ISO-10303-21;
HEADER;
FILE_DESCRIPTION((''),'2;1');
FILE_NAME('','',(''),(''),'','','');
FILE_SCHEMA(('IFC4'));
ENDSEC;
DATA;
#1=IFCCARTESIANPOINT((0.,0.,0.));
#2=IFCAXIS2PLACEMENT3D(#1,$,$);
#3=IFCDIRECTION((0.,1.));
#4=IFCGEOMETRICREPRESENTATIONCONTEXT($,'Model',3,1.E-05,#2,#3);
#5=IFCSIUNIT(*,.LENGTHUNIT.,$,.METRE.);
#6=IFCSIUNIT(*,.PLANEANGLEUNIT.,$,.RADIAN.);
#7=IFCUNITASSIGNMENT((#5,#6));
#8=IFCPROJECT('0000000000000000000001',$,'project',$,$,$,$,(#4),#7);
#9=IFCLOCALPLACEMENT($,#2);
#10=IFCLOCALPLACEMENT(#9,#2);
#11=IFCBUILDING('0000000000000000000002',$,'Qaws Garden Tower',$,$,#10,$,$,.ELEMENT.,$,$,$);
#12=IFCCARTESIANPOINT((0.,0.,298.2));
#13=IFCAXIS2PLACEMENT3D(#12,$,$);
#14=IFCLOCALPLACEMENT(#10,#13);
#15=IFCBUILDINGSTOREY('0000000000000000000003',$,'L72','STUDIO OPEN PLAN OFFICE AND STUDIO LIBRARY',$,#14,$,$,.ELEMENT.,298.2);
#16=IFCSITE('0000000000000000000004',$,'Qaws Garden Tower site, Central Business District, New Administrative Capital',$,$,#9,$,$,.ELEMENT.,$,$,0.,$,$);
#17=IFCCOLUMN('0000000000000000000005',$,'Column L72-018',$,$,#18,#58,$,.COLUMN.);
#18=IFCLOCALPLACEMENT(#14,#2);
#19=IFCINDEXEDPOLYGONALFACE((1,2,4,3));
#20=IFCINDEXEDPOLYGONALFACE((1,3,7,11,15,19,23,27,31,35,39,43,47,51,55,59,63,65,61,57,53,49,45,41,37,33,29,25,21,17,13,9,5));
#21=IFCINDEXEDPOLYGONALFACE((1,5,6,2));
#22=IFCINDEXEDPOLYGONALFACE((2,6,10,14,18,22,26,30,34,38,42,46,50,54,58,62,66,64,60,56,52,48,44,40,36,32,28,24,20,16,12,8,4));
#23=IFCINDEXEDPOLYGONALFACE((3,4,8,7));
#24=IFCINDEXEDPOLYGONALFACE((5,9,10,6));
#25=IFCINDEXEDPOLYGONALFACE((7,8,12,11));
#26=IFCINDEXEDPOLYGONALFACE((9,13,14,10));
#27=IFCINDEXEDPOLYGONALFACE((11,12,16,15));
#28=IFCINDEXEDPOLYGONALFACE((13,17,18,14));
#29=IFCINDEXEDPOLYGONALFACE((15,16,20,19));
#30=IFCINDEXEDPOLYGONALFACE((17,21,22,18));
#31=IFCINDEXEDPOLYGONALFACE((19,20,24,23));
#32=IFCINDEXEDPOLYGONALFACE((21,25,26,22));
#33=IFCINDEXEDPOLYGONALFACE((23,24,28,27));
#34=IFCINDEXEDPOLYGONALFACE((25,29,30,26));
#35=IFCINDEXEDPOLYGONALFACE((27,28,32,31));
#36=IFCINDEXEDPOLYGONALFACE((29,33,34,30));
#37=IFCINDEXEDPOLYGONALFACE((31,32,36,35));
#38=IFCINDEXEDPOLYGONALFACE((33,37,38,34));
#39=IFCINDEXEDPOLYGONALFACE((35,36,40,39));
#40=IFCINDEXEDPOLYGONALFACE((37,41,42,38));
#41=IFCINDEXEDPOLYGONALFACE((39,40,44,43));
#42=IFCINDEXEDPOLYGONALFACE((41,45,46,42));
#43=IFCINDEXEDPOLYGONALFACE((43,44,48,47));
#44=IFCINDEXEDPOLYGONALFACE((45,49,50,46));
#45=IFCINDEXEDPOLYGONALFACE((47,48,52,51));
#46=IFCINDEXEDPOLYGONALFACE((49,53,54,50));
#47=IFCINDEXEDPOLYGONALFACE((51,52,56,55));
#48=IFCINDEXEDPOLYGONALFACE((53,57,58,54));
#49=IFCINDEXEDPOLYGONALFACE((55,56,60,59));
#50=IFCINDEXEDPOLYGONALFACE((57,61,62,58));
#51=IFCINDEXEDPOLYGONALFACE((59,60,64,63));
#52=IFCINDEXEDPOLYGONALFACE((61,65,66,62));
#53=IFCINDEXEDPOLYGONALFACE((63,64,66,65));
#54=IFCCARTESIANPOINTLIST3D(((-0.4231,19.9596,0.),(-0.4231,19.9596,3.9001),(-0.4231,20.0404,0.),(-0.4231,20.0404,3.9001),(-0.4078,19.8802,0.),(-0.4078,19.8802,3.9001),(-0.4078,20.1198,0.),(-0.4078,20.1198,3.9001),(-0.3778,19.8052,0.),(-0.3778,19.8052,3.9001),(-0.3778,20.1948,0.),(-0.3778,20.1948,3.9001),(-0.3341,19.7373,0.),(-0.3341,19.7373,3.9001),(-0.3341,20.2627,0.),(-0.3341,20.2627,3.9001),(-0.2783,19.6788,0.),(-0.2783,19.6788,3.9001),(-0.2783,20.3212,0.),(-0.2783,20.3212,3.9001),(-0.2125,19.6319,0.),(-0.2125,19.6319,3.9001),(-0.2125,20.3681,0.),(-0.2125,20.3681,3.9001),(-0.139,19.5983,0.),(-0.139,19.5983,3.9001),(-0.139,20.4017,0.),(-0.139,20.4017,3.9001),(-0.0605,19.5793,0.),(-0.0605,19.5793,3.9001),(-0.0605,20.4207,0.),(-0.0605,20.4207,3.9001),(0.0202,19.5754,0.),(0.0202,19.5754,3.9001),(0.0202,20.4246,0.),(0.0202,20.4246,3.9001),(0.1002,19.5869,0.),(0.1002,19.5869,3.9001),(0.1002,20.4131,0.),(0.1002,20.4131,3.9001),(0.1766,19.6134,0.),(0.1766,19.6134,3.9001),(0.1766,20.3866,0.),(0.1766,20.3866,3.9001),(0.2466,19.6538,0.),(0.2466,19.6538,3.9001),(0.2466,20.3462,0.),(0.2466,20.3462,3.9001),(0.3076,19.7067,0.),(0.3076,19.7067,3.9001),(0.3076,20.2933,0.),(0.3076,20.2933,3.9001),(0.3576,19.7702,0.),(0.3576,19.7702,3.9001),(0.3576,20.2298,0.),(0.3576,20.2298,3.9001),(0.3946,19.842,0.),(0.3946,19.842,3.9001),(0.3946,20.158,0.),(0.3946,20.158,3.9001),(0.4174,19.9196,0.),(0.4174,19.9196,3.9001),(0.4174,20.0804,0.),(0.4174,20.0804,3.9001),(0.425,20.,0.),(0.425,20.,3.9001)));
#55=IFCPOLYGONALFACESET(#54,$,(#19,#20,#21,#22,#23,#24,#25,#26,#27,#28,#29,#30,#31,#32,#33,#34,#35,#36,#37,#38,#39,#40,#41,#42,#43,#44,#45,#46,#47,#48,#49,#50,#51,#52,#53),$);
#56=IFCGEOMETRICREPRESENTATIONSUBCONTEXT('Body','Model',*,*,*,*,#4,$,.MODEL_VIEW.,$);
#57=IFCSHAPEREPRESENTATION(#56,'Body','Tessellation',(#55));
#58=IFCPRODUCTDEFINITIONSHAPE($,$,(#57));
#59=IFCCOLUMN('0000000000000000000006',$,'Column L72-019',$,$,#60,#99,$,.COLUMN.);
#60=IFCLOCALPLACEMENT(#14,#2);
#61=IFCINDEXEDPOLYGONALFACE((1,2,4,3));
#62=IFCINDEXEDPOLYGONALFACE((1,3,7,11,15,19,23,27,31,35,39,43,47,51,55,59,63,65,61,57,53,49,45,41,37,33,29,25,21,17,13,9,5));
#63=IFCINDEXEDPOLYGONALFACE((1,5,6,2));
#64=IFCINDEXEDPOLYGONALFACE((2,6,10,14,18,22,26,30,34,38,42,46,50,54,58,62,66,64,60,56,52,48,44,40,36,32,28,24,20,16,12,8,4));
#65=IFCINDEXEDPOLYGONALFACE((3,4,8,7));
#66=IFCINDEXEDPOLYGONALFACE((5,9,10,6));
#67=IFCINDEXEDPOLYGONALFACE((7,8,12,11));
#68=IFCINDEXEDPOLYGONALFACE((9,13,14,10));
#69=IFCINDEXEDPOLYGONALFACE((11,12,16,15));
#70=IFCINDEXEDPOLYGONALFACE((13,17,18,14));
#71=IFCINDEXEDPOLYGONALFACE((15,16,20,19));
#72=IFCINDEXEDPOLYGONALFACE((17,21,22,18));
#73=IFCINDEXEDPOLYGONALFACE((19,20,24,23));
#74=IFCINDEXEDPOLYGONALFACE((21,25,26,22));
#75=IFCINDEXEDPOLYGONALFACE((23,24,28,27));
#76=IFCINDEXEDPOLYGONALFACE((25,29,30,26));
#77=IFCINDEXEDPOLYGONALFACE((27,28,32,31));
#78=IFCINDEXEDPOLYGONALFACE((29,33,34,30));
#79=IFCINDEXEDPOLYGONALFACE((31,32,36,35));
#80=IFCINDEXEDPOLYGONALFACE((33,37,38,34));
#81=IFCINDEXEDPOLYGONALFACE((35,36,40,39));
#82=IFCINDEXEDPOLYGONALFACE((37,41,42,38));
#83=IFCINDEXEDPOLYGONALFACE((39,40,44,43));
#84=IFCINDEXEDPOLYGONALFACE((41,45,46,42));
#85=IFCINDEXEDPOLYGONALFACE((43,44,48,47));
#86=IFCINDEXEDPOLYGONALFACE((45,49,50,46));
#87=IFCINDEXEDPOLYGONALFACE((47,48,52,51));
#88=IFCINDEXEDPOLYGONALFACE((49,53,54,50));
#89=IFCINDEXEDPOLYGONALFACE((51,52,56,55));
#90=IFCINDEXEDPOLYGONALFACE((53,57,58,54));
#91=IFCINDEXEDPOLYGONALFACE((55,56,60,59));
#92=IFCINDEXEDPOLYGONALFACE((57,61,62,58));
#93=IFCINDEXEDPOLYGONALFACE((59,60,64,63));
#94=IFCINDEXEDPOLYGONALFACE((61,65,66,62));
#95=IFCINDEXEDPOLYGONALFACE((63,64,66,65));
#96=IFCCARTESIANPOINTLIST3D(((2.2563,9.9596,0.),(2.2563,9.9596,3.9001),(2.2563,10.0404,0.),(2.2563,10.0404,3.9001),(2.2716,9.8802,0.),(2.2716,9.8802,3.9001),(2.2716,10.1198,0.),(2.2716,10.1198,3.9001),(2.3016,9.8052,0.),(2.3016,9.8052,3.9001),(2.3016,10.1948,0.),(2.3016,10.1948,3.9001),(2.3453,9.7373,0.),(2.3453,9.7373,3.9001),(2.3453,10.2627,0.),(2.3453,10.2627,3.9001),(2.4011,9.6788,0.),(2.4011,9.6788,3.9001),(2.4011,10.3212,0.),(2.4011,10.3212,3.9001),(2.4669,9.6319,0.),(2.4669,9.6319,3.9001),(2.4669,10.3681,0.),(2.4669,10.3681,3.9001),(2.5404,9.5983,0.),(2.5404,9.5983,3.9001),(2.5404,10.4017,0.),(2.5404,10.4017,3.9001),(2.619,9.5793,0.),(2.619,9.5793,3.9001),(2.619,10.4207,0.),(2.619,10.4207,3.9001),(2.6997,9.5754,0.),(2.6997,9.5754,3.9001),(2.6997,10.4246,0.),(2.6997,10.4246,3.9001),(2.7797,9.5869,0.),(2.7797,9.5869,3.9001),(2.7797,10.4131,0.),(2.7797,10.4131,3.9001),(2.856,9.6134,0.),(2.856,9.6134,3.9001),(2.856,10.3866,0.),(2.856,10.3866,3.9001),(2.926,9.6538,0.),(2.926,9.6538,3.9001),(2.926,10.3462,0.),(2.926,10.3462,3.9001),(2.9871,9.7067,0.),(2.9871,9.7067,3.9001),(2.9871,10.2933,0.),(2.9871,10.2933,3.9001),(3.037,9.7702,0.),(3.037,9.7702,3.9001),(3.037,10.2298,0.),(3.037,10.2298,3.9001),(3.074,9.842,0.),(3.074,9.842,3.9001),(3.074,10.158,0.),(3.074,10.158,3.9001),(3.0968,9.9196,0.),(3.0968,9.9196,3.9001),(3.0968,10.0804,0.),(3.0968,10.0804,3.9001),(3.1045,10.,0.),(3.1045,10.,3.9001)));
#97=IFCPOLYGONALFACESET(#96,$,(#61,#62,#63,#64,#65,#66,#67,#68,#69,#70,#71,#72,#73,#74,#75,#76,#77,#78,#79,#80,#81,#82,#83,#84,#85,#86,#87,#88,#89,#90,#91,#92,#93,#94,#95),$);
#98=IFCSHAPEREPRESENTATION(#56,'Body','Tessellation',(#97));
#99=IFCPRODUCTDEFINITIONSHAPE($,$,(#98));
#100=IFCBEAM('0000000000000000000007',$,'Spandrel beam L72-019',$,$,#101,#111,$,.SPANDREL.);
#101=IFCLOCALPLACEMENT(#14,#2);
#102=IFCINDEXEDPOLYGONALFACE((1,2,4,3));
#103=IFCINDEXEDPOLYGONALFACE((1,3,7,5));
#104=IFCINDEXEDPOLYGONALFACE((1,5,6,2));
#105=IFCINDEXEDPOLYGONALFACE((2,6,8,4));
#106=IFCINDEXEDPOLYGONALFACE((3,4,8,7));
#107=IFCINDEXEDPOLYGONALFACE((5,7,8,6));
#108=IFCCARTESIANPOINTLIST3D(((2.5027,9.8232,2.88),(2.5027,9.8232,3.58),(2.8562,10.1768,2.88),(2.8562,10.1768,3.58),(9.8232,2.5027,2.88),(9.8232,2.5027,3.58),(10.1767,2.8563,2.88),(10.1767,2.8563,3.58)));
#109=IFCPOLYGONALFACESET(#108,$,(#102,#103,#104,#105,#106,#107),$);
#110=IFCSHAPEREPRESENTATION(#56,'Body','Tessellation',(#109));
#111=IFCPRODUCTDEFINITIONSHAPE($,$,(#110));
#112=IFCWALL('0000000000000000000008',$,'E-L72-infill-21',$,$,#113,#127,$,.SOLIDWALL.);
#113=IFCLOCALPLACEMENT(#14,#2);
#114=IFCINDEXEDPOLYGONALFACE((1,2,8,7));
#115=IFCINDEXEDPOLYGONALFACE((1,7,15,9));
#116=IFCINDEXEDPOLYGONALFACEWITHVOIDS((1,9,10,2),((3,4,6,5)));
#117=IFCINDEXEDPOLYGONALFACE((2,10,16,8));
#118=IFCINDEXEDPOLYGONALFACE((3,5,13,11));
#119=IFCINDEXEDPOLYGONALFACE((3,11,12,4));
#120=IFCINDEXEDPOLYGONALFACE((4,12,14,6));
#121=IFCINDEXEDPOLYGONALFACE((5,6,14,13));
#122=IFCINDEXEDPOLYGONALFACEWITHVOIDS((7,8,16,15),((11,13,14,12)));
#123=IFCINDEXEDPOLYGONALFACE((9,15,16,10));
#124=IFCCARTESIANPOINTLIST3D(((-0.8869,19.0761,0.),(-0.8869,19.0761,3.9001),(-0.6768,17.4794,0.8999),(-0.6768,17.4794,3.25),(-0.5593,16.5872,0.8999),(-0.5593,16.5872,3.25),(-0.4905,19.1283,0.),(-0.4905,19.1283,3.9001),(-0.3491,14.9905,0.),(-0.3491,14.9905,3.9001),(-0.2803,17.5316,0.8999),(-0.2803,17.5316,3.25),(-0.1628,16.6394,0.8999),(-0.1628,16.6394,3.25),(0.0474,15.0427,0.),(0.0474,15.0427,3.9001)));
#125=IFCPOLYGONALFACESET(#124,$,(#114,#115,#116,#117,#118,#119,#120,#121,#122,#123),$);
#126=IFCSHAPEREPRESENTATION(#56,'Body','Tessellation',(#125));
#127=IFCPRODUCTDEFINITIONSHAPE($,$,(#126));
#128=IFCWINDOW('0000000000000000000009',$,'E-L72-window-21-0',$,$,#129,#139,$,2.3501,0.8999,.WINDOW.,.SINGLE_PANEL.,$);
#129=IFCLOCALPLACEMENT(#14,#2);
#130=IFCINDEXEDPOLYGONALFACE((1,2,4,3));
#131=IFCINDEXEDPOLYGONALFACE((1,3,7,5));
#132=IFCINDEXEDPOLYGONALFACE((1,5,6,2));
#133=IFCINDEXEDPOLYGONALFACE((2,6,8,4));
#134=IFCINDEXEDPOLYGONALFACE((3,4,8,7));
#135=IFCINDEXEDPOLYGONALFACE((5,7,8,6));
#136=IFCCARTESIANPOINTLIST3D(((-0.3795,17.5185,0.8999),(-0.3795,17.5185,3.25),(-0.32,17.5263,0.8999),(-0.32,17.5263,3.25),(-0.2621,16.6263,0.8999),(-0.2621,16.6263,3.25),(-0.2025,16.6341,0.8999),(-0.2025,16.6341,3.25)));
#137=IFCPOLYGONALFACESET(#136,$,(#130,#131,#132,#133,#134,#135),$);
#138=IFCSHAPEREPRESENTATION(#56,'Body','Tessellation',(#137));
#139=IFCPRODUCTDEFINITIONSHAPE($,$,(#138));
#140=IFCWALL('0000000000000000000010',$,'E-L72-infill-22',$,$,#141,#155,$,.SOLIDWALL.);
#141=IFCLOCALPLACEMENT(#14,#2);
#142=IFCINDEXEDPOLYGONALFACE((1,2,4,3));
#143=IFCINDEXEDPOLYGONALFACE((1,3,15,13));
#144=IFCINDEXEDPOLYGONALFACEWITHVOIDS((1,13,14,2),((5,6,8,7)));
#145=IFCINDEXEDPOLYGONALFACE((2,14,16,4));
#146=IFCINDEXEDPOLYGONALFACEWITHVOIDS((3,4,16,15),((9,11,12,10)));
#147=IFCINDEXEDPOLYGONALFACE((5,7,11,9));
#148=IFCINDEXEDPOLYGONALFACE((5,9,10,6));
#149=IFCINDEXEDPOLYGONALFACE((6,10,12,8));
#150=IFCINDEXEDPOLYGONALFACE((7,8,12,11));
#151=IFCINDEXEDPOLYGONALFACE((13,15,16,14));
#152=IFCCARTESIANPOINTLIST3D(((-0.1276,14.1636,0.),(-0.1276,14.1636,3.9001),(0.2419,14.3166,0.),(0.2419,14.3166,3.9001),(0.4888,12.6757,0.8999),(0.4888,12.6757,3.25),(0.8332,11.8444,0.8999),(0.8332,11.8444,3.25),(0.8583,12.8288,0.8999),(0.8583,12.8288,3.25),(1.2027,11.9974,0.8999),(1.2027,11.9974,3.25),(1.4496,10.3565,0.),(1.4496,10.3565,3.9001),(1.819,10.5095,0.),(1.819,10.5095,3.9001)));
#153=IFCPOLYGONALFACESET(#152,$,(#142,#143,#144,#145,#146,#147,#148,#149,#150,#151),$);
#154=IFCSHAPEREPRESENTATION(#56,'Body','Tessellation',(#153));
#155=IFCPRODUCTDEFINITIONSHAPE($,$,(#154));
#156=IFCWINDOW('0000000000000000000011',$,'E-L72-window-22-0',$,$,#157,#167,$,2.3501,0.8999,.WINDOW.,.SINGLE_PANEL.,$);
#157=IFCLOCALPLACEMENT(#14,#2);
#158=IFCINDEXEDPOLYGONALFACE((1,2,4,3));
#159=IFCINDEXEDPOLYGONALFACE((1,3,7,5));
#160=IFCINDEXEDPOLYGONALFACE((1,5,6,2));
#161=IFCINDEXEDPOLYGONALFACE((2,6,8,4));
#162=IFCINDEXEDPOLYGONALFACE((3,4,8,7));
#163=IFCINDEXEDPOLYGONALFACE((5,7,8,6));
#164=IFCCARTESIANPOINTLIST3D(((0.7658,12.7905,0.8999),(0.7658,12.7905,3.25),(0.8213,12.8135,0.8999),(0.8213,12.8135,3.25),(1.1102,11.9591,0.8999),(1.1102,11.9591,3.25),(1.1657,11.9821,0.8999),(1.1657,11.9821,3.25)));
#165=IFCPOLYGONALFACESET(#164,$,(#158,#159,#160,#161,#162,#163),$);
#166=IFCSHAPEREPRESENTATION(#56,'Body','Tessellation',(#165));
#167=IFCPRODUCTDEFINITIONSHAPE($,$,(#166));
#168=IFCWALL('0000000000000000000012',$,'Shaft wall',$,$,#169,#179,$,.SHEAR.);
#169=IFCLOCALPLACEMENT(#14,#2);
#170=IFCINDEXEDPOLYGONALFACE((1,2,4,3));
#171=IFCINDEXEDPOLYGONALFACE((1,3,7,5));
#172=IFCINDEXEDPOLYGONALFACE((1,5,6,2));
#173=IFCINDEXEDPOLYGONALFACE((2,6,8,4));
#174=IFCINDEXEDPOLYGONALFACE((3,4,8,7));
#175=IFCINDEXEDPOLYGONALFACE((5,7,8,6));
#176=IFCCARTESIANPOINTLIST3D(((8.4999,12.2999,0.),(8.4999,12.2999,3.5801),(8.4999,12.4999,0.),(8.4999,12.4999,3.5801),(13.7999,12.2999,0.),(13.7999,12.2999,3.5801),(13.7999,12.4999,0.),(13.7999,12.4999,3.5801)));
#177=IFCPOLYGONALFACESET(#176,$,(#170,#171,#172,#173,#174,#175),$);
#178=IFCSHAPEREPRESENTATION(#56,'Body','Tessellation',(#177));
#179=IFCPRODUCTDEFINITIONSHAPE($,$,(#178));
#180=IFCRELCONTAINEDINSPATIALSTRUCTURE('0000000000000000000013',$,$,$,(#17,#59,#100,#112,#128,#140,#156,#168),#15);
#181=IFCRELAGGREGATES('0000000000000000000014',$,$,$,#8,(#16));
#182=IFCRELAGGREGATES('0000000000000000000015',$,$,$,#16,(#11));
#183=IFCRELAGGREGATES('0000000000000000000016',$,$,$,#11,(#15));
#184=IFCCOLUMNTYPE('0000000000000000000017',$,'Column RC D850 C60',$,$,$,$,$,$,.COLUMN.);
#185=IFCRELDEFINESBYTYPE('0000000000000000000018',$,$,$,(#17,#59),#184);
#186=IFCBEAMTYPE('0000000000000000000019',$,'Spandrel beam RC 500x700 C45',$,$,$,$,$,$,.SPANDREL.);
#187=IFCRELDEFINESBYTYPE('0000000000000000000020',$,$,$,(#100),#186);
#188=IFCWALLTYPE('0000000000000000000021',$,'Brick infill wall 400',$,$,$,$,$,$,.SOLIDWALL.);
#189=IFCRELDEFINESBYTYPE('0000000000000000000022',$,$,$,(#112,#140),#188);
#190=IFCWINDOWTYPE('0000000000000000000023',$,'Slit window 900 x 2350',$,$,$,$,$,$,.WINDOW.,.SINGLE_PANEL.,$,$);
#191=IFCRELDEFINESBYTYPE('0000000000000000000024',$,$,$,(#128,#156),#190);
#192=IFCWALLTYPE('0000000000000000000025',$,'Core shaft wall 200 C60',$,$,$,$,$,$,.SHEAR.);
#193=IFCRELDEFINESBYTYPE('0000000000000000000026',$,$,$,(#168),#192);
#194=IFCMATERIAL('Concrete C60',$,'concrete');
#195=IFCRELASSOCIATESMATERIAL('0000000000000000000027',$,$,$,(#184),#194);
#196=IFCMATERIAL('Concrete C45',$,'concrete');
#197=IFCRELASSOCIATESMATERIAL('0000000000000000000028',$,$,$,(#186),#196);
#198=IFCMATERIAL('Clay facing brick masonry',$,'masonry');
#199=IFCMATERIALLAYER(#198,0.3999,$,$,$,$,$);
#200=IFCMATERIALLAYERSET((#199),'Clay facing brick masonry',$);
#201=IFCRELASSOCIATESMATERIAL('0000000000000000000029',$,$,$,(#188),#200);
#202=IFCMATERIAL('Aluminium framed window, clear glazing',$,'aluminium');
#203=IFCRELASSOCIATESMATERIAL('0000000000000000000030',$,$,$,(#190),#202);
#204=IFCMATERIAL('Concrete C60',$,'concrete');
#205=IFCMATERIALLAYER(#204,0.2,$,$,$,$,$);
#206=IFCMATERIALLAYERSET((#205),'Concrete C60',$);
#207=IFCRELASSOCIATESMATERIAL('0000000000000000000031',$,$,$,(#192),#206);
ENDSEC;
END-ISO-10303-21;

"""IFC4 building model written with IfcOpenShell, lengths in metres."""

from ifc_helpers import new_model, si_unit, direction, frame, frame_2d, origin, origin_2d, place, context, subcontext, project, spatial, rectangle, circle, extrude, material, layer, layer_set, material_profile, profile_set, type_object, element, fill, save


model = new_model("IFC4")

# Units and contexts
model_context = context("Model", 3, precision=1e-05, world=origin(), true_north=direction((0.0, 1.0)))
body_context = subcontext(model_context, "Body", "Model", "MODEL_VIEW")
ifc_project = project(units=[si_unit("LENGTHUNIT", "METRE"), si_unit("PLANEANGLEUNIT", "RADIAN")], contexts=[model_context])

# Site, building, storey
site_placement = place(None, origin())
site = spatial("IfcSite", under=ifc_project, at=site_placement, Name="Qaws Garden Tower site, Central Business District, New Administrative Capital", CompositionType="ELEMENT", RefElevation=0.0)
building_placement = place(site_placement, origin())
building = spatial("IfcBuilding", under=site, at=building_placement, Name="Qaws Garden Tower", CompositionType="ELEMENT")
storey_placement = place(building_placement, frame((0.0, 0.0, 298.2)))
storey = spatial("IfcBuildingStorey", under=building, at=storey_placement, Name="L72", Description="STUDIO OPEN PLAN OFFICE AND STUDIO LIBRARY", CompositionType="ELEMENT", Elevation=298.2)

# Columns
ifc_material_1 = material(Name="Concrete C60", Category="concrete")
ifc_material_profile_1 = material_profile(ifc_material_1, circle(Radius=0.425, at=origin_2d()), Name="RC D850")
ifc_profile_set_1 = profile_set([ifc_material_profile_1], Name="Concrete C60")
column_type = type_object("IfcColumnType", Name="Column RC D850 C60", PredefinedType="COLUMN", material=ifc_profile_set_1)
for number, where, z_axis, x_axis, name in (
    (1, (0.0, 20.0, 0.0), (0.0, 0.0, 1.0), (1.0, 0.0, 0.0), "Column L72-018"),
    (2, (2.6794, 10.0, 0.0), (0.0, 0.0, 1.0), (1.0, 0.0, 0.0), "Column L72-019"),
):
    element("IfcColumn", number, at=place(storey_placement, frame(where, z_axis=z_axis, x_axis=x_axis)), inside=storey, type_object=column_type, Name=name, PredefinedType="COLUMN", context=body_context, shape_type="SweptSolid", body=[
        extrude(circle(Radius=0.425, at=origin_2d()), origin(), (0.0, 0.0, 1.0), 3.9001),
    ])

# Beam
ifc_material_2 = material(Name="Concrete C45", Category="concrete")
ifc_material_profile_2 = material_profile(ifc_material_2, rectangle(XDim=0.5, YDim=0.7, at=origin_2d()), Name="RC 500x700")
ifc_profile_set_2 = profile_set([ifc_material_profile_2], Name="Concrete C45")
beam_type = type_object("IfcBeamType", Name="Spandrel beam RC 500x700 C45", PredefinedType="SPANDREL", material=ifc_profile_set_2)
beam_placement = place(storey_placement, frame((2.6794, 10.0, 3.23), z_axis=(0.707107, -0.707107, 0.0), x_axis=(0.707107, 0.707107, 0.0)))
element("IfcBeam", 3, at=beam_placement, inside=storey, type_object=beam_type, Name="Spandrel beam L72-019", PredefinedType="SPANDREL", context=body_context, shape_type="SweptSolid", body=[
    extrude(rectangle(XDim=0.5, YDim=0.7, at=origin_2d()), origin(), (0.0, 0.0, 1.0), 10.3528),
])

# Walls, openings, windows
ifc_material_3 = material(Name="Clay facing brick masonry", Category="masonry")
ifc_layer_1 = layer(ifc_material_3, 0.3999)
ifc_layer_set_1 = layer_set([ifc_layer_1], Name="Clay facing brick masonry")
wall_type_1 = type_object("IfcWallType", Name="Brick infill wall 400", PredefinedType="SOLIDWALL", material=ifc_layer_set_1)
wall_1_placement = place(storey_placement, frame((-0.6887, 19.1023, 0.0), z_axis=(0.0, 0.0, 1.0), x_axis=(0.130514, -0.991446, 0.0)))
wall_1 = element("IfcWall", 4, at=wall_1_placement, inside=storey, type_object=wall_type_1, Name="E-L72-infill-21", PredefinedType="SOLIDWALL", context=body_context, shape_type="SweptSolid", body=[
    extrude(rectangle(XDim=4.1208, YDim=0.3999, at=frame_2d((2.0605, 0.0))), origin(), (0.0, 0.0, 1.0), 3.9001),
])
opening_1_placement = place(wall_1_placement, frame((1.6106, 0.0, 0.8999)))
opening_1 = element("IfcOpeningElement", 5, at=opening_1_placement, cuts=wall_1, PredefinedType="OPENING", context=body_context, shape_type="SweptSolid", body=[
    extrude(rectangle(XDim=0.8999, YDim=2.3501, at=frame_2d((0.45, 1.175))), frame((0.0, 0.21, 0.0), z_axis=(0.0, -1.0, 0.0), x_axis=(1.0, 0.0, 0.0)), (0.0, 0.0, 1.0), 0.4199),
])
ifc_material_4 = material(Name="Aluminium framed window, clear glazing", Category="aluminium")
window_type = type_object("IfcWindowType", Name="Slit window 900 x 2350", PartitioningType="SINGLE_PANEL", PredefinedType="WINDOW", material=ifc_material_4)
window_1_placement = place(opening_1_placement, origin())
window_1 = element("IfcWindow", 6, at=window_1_placement, inside=storey, type_object=window_type, Name="E-L72-window-21-0", OverallHeight=2.3501, OverallWidth=0.8999, PartitioningType="SINGLE_PANEL", PredefinedType="WINDOW", context=body_context, shape_type="SweptSolid", body=[
    extrude(rectangle(XDim=0.8999, YDim=2.3501, at=frame_2d((0.45, 1.175))), frame((0.0, 0.1599, 0.0), z_axis=(0.0, -1.0, 0.0), x_axis=(1.0, 0.0, 0.0)), (0.0, 0.0, 1.0), 0.0601),
])
fill(opening_1, window_1)
wall_2_placement = place(storey_placement, frame((0.0571, 14.2402, 0.0), z_axis=(0.0, 0.0, 1.0), x_axis=(0.382722, -0.923864, 0.0)))
wall_2 = element("IfcWall", 7, at=wall_2_placement, inside=storey, type_object=wall_type_1, Name="E-L72-infill-22", PredefinedType="SOLIDWALL", context=body_context, shape_type="SweptSolid", body=[
    extrude(rectangle(XDim=4.1208, YDim=0.3999, at=frame_2d((2.0605, 0.0))), origin(), (0.0, 0.0, 1.0), 3.9001),
])
opening_2_placement = place(wall_2_placement, frame((1.6106, 0.0, 0.8999)))
opening_2 = element("IfcOpeningElement", 8, at=opening_2_placement, cuts=wall_2, PredefinedType="OPENING", context=body_context, shape_type="SweptSolid", body=[
    extrude(rectangle(XDim=0.8999, YDim=2.3501, at=frame_2d((0.45, 1.175))), frame((0.0, 0.21, 0.0), z_axis=(0.0, -1.0, 0.0), x_axis=(1.0, 0.0, 0.0)), (0.0, 0.0, 1.0), 0.4199),
])
window_2_placement = place(opening_2_placement, origin())
window_2 = element("IfcWindow", 9, at=window_2_placement, inside=storey, type_object=window_type, Name="E-L72-window-22-0", OverallHeight=2.3501, OverallWidth=0.8999, PartitioningType="SINGLE_PANEL", PredefinedType="WINDOW", context=body_context, shape_type="SweptSolid", body=[
    extrude(rectangle(XDim=0.8999, YDim=2.3501, at=frame_2d((0.45, 1.175))), frame((0.0, 0.1599, 0.0), z_axis=(0.0, -1.0, 0.0), x_axis=(1.0, 0.0, 0.0)), (0.0, 0.0, 1.0), 0.0601),
])
fill(opening_2, window_2)

# Wall
ifc_material_5 = material(Name="Concrete C60", Category="concrete")
ifc_layer_2 = layer(ifc_material_5, 0.2)
ifc_layer_set_2 = layer_set([ifc_layer_2], Name="Concrete C60")
wall_type_2 = type_object("IfcWallType", Name="Core shaft wall 200 C60", PredefinedType="SHEAR", material=ifc_layer_set_2)
wall_3_placement = place(storey_placement, frame((8.5, 12.3999, 0.0), z_axis=(0.0, 0.0, 1.0), x_axis=(1.0, 0.0, 0.0)))
element("IfcWall", 10, at=wall_3_placement, inside=storey, type_object=wall_type_2, Name="Shaft wall", PredefinedType="SHEAR", context=body_context, shape_type="SweptSolid", body=[
    extrude(rectangle(XDim=5.3, YDim=0.2, at=frame_2d((2.6499, 0.0))), origin(), (0.0, 0.0, 1.0), 3.5801),
])

save(model, "model.ifc")
